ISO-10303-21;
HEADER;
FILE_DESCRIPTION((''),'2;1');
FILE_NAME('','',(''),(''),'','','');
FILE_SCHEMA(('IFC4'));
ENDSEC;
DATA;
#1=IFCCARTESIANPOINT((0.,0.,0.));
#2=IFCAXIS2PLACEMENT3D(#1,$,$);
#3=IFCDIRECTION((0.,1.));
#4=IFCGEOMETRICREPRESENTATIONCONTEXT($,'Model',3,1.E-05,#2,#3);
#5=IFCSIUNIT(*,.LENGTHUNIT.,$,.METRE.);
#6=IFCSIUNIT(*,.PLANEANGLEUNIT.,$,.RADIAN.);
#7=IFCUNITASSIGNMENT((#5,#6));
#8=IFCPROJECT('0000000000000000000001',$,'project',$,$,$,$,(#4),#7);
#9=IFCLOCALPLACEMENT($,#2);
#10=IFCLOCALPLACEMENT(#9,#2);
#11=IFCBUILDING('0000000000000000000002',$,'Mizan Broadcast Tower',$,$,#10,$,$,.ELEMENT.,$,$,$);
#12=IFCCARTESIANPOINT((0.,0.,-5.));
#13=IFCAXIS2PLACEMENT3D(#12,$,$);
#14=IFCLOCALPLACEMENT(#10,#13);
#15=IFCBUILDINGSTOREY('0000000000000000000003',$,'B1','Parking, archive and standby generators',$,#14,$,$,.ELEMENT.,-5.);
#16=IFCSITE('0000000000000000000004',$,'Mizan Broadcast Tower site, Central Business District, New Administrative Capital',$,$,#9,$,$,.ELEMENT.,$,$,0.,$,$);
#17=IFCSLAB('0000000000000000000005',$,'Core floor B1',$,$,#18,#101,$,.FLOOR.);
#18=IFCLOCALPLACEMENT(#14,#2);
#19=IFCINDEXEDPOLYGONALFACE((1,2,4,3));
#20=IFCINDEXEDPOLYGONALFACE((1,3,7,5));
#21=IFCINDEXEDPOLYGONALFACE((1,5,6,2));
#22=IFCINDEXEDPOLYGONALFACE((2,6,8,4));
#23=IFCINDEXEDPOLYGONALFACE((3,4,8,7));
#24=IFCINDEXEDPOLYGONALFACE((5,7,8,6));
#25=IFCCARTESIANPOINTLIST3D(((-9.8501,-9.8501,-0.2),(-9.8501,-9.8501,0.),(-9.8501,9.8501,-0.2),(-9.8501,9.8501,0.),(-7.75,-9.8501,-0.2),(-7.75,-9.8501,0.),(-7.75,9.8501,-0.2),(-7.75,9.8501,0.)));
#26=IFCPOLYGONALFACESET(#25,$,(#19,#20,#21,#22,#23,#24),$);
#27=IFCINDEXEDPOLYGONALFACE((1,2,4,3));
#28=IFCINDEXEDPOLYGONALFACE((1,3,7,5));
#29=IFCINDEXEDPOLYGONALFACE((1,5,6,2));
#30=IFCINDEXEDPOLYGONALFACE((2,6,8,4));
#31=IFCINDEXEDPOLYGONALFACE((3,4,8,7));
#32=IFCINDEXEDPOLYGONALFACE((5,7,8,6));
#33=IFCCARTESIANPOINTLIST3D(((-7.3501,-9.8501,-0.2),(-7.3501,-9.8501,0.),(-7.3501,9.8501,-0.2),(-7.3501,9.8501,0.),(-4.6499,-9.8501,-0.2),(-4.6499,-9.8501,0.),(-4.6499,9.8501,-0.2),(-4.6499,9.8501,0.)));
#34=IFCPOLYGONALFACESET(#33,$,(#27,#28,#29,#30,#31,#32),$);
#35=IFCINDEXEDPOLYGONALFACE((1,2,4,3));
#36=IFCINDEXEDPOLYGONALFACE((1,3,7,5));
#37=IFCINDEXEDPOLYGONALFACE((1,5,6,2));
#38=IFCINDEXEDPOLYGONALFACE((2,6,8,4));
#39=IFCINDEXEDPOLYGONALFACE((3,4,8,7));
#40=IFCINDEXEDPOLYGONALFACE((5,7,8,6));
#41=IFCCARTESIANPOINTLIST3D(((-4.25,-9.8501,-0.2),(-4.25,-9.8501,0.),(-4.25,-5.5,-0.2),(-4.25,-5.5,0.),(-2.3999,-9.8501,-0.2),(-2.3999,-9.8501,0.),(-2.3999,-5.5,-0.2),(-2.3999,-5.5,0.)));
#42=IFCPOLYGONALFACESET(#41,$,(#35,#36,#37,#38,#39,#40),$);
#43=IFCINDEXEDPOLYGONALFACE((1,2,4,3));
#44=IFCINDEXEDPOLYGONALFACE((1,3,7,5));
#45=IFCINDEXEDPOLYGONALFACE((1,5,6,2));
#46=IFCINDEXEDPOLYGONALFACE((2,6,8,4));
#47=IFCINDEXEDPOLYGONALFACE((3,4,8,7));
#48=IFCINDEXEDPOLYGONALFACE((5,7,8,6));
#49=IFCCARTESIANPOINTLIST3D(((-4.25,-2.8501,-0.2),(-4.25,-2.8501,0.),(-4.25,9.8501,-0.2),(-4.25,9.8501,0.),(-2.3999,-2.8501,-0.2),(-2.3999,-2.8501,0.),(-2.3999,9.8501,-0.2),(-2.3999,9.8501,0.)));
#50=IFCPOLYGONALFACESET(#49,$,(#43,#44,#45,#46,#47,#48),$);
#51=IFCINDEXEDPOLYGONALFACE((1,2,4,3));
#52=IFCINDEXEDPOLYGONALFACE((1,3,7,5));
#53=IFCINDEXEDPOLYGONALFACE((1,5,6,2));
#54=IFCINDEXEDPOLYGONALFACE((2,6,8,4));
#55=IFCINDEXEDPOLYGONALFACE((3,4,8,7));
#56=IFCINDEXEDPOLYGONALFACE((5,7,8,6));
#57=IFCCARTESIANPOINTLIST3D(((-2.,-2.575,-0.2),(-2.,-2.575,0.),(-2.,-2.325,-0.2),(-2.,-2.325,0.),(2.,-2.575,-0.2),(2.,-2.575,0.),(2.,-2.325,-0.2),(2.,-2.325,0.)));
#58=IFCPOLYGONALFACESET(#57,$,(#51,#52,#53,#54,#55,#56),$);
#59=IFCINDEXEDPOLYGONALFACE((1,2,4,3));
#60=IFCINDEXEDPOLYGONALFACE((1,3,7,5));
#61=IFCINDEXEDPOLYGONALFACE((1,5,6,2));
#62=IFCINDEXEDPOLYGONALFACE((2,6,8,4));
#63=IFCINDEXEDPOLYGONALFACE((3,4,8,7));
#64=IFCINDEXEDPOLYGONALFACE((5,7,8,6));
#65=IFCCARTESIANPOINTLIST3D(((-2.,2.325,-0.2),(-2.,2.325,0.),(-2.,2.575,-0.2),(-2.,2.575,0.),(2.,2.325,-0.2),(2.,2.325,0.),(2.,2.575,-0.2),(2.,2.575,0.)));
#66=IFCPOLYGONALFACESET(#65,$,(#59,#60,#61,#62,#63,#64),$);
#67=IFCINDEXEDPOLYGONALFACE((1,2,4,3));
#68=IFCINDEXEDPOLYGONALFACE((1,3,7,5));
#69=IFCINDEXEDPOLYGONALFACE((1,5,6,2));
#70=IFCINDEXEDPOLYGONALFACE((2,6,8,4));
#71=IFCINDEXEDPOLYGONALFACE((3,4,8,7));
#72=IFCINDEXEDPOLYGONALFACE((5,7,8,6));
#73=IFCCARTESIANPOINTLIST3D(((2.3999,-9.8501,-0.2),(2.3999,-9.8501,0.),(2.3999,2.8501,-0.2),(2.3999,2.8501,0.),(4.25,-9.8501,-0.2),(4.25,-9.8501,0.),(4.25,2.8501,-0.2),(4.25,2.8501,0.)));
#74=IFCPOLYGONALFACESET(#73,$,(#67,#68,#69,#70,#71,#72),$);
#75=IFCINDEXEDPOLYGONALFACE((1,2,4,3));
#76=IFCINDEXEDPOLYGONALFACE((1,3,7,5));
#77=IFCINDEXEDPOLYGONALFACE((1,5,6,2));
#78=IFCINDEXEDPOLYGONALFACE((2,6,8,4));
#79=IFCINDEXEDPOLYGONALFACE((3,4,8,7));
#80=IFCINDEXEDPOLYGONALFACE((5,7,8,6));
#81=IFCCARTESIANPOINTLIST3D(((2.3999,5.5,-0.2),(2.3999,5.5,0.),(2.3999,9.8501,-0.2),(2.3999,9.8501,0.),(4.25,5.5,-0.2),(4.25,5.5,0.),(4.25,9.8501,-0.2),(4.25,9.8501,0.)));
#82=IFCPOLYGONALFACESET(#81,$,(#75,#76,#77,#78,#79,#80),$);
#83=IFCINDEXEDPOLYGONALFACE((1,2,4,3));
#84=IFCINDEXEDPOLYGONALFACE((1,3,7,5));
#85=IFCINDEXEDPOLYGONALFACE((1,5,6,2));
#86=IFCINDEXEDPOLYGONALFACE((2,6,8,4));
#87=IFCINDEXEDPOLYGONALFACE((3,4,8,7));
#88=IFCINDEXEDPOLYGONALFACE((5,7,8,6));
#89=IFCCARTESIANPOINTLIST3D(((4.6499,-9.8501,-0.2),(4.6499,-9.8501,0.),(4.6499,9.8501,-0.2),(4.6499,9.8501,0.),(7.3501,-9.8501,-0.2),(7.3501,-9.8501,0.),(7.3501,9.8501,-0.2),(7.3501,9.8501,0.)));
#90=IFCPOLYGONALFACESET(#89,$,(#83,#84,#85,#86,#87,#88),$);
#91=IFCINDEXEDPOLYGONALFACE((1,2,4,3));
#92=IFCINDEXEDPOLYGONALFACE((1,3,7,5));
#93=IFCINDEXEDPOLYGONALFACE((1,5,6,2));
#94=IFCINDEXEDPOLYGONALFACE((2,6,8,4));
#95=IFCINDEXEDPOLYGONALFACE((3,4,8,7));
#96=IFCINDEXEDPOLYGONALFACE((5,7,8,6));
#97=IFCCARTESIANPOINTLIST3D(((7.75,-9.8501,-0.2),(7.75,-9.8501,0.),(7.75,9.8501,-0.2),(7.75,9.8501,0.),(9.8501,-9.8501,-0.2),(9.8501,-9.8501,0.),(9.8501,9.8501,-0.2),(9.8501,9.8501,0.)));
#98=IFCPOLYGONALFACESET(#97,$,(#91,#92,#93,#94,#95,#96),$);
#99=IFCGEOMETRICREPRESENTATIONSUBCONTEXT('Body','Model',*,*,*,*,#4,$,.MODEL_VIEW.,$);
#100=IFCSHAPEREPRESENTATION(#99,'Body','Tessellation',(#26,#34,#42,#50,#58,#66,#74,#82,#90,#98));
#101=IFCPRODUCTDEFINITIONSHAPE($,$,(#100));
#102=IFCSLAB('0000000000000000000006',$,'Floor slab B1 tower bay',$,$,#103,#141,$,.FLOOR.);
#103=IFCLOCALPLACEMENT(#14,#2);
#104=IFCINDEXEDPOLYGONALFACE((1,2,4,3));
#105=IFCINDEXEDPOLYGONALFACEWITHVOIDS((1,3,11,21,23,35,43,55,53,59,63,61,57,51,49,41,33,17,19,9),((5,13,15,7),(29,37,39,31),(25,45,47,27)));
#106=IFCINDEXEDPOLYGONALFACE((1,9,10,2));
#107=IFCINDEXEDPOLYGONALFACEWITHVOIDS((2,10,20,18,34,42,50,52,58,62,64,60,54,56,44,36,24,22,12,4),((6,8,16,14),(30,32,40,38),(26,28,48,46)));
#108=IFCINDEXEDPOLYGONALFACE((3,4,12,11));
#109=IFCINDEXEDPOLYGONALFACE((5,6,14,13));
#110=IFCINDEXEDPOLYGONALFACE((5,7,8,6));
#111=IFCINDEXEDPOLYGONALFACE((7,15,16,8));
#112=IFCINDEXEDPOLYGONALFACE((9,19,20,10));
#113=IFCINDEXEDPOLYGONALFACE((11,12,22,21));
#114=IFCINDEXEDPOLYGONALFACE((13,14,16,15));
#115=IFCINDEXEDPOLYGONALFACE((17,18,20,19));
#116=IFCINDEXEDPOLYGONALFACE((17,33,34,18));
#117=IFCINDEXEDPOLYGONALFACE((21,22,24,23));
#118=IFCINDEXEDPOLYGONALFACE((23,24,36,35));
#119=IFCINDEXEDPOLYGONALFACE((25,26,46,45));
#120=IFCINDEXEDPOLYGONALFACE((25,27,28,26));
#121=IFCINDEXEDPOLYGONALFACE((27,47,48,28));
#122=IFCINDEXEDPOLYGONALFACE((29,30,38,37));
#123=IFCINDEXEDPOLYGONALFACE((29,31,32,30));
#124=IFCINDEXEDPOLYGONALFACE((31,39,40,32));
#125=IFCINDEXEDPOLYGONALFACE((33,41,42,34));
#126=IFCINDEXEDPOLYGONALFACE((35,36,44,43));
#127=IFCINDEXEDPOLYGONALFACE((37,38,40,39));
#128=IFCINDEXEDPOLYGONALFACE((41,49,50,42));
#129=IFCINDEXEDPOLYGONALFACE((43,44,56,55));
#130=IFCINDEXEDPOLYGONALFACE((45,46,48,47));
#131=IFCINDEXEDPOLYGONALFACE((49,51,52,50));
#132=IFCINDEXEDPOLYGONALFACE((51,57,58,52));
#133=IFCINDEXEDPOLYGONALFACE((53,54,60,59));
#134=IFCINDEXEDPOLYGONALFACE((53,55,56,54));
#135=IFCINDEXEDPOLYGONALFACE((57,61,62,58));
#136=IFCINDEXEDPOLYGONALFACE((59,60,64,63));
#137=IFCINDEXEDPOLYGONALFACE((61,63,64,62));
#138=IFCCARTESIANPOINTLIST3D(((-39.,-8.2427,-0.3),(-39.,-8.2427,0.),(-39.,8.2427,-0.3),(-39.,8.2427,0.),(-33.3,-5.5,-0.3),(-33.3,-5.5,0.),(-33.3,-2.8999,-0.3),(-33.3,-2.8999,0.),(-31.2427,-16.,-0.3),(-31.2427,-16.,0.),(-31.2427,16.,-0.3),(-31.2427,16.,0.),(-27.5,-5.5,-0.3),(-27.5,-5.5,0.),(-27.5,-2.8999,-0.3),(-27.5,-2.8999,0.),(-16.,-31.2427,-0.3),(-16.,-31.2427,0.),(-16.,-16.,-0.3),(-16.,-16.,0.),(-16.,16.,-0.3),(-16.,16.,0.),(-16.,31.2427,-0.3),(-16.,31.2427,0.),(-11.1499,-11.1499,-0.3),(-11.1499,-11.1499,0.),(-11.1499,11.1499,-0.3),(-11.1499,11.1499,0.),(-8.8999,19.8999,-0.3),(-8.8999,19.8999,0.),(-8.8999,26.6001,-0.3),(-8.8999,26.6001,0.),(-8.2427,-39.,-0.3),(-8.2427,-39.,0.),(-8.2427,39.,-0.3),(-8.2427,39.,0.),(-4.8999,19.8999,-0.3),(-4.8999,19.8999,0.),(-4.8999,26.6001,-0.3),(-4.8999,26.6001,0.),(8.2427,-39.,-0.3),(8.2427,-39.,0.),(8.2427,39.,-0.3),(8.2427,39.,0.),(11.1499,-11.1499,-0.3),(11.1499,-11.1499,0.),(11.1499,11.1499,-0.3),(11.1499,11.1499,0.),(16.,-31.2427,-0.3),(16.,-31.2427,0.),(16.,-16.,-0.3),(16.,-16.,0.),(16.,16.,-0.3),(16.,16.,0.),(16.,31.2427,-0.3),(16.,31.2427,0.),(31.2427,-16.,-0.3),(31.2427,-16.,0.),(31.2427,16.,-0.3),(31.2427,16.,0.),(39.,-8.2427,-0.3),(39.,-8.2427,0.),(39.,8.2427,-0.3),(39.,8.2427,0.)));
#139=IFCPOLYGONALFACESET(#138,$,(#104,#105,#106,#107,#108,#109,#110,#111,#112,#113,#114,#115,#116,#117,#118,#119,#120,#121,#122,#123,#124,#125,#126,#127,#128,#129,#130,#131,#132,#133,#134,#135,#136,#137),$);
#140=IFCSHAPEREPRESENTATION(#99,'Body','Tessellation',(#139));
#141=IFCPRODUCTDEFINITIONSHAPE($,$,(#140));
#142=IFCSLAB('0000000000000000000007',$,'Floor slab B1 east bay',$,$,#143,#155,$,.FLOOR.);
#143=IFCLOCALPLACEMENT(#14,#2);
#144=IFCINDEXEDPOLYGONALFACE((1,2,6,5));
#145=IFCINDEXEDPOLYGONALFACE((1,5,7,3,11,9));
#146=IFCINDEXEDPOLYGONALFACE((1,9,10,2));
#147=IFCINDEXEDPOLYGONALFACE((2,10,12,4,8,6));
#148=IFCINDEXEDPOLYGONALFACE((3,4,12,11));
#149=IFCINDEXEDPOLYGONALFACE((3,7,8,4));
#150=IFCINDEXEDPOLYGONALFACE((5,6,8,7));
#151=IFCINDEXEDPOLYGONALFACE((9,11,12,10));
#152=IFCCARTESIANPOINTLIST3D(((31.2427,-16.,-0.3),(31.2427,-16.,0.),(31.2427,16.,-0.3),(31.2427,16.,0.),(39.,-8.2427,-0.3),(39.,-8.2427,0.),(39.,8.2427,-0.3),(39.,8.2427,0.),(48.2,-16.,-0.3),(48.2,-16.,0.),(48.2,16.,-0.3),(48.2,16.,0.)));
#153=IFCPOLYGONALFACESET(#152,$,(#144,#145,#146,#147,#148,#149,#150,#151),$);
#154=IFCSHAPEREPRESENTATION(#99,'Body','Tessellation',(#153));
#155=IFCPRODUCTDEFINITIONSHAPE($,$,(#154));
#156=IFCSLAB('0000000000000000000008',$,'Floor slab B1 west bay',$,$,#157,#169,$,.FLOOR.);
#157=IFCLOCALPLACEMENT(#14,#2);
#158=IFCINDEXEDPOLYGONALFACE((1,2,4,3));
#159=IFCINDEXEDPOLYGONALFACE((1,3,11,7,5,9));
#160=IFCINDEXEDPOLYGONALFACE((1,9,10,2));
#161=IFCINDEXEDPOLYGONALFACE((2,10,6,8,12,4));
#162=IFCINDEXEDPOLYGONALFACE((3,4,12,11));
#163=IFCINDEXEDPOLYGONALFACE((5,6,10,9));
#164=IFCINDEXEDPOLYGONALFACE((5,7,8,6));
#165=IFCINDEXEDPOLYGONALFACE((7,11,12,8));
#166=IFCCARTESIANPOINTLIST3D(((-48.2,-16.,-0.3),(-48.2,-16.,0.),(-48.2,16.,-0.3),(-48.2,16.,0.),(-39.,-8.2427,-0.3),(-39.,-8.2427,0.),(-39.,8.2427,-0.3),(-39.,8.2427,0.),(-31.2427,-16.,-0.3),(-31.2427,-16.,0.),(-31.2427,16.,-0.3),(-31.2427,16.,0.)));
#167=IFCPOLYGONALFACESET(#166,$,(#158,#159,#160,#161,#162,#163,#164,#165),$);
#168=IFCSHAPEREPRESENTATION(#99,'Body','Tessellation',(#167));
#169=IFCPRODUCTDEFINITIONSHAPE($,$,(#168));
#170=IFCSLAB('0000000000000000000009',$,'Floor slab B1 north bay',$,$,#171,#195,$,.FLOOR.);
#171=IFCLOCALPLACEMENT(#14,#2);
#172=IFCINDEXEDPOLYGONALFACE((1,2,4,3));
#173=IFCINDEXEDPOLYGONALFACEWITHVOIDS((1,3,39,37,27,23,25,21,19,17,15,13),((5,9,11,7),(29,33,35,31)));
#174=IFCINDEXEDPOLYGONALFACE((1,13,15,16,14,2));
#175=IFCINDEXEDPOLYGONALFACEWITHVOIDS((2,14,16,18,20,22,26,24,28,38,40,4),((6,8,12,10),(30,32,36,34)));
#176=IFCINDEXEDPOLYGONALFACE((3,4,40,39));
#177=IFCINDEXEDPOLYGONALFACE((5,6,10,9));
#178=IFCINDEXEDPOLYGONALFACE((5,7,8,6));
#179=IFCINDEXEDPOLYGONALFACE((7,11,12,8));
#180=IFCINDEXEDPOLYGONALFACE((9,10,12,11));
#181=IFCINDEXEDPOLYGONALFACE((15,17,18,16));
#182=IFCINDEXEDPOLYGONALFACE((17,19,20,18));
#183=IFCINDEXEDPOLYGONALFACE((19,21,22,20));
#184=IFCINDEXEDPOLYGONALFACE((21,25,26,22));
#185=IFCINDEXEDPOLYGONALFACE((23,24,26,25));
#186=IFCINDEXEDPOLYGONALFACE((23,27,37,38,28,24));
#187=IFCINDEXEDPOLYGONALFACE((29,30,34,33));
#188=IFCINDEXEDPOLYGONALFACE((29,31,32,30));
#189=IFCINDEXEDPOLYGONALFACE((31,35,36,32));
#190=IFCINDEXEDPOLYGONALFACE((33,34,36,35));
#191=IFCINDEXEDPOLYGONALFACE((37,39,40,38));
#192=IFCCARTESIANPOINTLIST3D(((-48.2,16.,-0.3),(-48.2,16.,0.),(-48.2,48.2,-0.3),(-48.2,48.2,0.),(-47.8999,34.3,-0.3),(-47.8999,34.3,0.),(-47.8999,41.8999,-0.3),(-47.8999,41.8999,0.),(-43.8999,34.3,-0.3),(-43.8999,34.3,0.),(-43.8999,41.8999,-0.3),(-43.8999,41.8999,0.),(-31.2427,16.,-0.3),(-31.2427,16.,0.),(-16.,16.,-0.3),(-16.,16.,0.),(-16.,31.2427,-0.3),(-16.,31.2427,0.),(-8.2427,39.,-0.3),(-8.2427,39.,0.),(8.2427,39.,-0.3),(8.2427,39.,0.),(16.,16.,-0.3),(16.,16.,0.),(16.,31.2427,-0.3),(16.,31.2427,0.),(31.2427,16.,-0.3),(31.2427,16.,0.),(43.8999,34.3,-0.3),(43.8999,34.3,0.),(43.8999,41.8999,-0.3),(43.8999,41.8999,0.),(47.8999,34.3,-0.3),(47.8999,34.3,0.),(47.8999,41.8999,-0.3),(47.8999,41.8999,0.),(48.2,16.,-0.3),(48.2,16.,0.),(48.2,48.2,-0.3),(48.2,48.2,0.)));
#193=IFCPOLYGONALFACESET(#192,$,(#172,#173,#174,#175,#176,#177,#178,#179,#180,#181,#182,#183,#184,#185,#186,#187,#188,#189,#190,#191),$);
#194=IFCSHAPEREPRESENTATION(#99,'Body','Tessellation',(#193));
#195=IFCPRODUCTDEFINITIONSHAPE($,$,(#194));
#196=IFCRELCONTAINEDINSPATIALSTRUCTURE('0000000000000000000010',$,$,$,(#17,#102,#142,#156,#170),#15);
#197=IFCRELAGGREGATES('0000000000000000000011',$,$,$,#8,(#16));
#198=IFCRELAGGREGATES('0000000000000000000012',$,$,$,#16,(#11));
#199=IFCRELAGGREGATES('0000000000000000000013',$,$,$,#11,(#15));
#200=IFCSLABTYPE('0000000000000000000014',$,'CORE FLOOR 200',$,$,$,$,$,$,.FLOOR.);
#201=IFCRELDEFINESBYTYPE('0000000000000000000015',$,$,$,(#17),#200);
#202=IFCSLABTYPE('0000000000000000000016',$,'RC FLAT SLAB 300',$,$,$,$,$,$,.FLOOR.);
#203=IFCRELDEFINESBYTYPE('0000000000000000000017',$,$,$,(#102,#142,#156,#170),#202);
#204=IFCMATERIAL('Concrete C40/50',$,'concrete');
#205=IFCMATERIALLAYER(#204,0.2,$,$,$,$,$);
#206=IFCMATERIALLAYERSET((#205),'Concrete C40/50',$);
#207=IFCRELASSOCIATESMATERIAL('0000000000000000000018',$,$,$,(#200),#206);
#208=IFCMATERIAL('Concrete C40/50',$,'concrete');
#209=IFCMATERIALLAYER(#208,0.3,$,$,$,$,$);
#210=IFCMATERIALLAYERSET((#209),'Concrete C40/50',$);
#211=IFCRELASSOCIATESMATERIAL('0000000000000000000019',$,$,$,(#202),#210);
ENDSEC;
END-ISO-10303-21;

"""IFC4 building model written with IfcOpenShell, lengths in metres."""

from ifc_helpers import new_model, si_unit, direction, frame, origin, place, context, subcontext, project, spatial, polyline, outline, extrude, material, layer, layer_set, type_object, element, save


model = new_model("IFC4")

# Units and contexts
model_context = context("Model", 3, precision=1e-05, world=origin(), true_north=direction((0.0, 1.0)))
body_context = subcontext(model_context, "Body", "Model", "MODEL_VIEW")
ifc_project = project(units=[si_unit("LENGTHUNIT", "METRE"), si_unit("PLANEANGLEUNIT", "RADIAN")], contexts=[model_context])

# Site, building, storey
site_placement = place(None, origin())
site = spatial("IfcSite", under=ifc_project, at=site_placement, Name="Mizan Broadcast Tower site, Central Business District, New Administrative Capital", CompositionType="ELEMENT", RefElevation=0.0)
building_placement = place(site_placement, origin())
building = spatial("IfcBuilding", under=site, at=building_placement, Name="Mizan Broadcast Tower", CompositionType="ELEMENT")
storey_placement = place(building_placement, frame((0.0, 0.0, -5.0)))
storey = spatial("IfcBuildingStorey", under=building, at=storey_placement, Name="B1", Description="Parking, archive and standby generators", CompositionType="ELEMENT", Elevation=-5.0)

# Slabs
ifc_material_1 = material(Name="Concrete C40/50", Category="concrete")
ifc_layer_1 = layer(ifc_material_1, 0.2)
ifc_layer_set_1 = layer_set([ifc_layer_1], Name="Concrete C40/50")
slab_type_1 = type_object("IfcSlabType", Name="CORE FLOOR 200", PredefinedType="FLOOR", material=ifc_layer_set_1)
slab_1_placement = place(storey_placement, frame((0.0, 0.0, -0.2)))
element("IfcSlab", 1, at=slab_1_placement, inside=storey, type_object=slab_type_1, Name="Core floor B1", PredefinedType="FLOOR", context=body_context, shape_type="SweptSolid", body=[
    extrude(outline(polyline([(-9.8501, -9.8501), (-7.75, -9.8501), (-7.75, 9.8501), (-9.8501, 9.8501), (-9.8501, -9.8501)])), origin(), (0.0, 0.0, 1.0), 0.2),
    extrude(outline(polyline([(-4.6499, 9.8501), (-7.3501, 9.8501), (-7.3501, -9.8501), (-4.6499, -9.8501), (-4.6499, 9.8501)])), origin(), (0.0, 0.0, 1.0), 0.2),
    extrude(outline(polyline([(-4.25, -9.8501), (-2.3999, -9.8501), (-2.3999, -5.5), (-4.25, -5.5), (-4.25, -9.8501)])), origin(), (0.0, 0.0, 1.0), 0.2),
    extrude(outline(polyline([(-4.25, -2.8501), (-2.3999, -2.8501), (-2.3999, 9.8501), (-4.25, 9.8501), (-4.25, -2.8501)])), origin(), (0.0, 0.0, 1.0), 0.2),
    extrude(outline(polyline([(2.0, -2.325), (-2.0, -2.325), (-2.0, -2.575), (2.0, -2.575), (2.0, -2.325)])), origin(), (0.0, 0.0, 1.0), 0.2),
    extrude(outline(polyline([(2.0, 2.575), (-2.0, 2.575), (-2.0, 2.325), (2.0, 2.325), (2.0, 2.575)])), origin(), (0.0, 0.0, 1.0), 0.2),
    extrude(outline(polyline([(4.25, -9.8501), (4.25, 2.8501), (2.3999, 2.8501), (2.3999, -9.8501), (4.25, -9.8501)])), origin(), (0.0, 0.0, 1.0), 0.2),
    extrude(outline(polyline([(4.25, 5.5), (4.25, 9.8501), (2.3999, 9.8501), (2.3999, 5.5), (4.25, 5.5)])), origin(), (0.0, 0.0, 1.0), 0.2),
    extrude(outline(polyline([(7.3501, 9.8501), (4.6499, 9.8501), (4.6499, -9.8501), (7.3501, -9.8501), (7.3501, 9.8501)])), origin(), (0.0, 0.0, 1.0), 0.2),
    extrude(outline(polyline([(9.8501, -9.8501), (9.8501, 9.8501), (7.75, 9.8501), (7.75, -9.8501), (9.8501, -9.8501)])), origin(), (0.0, 0.0, 1.0), 0.2),
])
ifc_material_2 = material(Name="Concrete C40/50", Category="concrete")
ifc_layer_2 = layer(ifc_material_2, 0.3)
ifc_layer_set_2 = layer_set([ifc_layer_2], Name="Concrete C40/50")
slab_type_2 = type_object("IfcSlabType", Name="RC FLAT SLAB 300", PredefinedType="FLOOR", material=ifc_layer_set_2)
slab_2_placement = place(storey_placement, frame((0.0, 0.0, -0.3)))
element("IfcSlab", 2, at=slab_2_placement, inside=storey, type_object=slab_type_2, Name="Floor slab B1 tower bay", PredefinedType="FLOOR", context=body_context, shape_type="SweptSolid", body=[
    extrude(outline(polyline([(16.0, -31.2427), (16.0, -16.0), (31.2427, -16.0), (39.0, -8.2427), (39.0, 8.2427), (31.2427, 16.0), (16.0, 16.0), (16.0, 31.2427), (8.2427, 39.0), (-8.2427, 39.0), (-16.0, 31.2427), (-16.0, 16.0), (-31.2427, 16.0), (-39.0, 8.2427), (-39.0, -8.2427), (-31.2427, -16.0), (-16.0, -16.0), (-16.0, -31.2427), (-8.2427, -39.0), (8.2427, -39.0), (16.0, -31.2427)]), holes=[polyline([(11.1499, -11.1499), (-11.1499, -11.1499), (-11.1499, 11.1499), (11.1499, 11.1499), (11.1499, -11.1499)]), polyline([(-8.8999, 26.6001), (-4.8999, 26.6001), (-4.8999, 19.8999), (-8.8999, 19.8999), (-8.8999, 26.6001)]), polyline([(-27.5, -5.5), (-33.3, -5.5), (-33.3, -2.8999), (-27.5, -2.8999), (-27.5, -5.5)])]), origin(), (0.0, 0.0, 1.0), 0.3),
])
slab_3_placement = place(storey_placement, frame((0.0, 0.0, -0.3)))
element("IfcSlab", 3, at=slab_3_placement, inside=storey, type_object=slab_type_2, Name="Floor slab B1 east bay", PredefinedType="FLOOR", context=body_context, shape_type="SweptSolid", body=[
    extrude(outline(polyline([(48.2, -16.0), (48.2, 16.0), (31.2427, 16.0), (39.0, 8.2427), (39.0, -8.2427), (31.2427, -16.0), (48.2, -16.0)])), origin(), (0.0, 0.0, 1.0), 0.3),
])
slab_4_placement = place(storey_placement, frame((0.0, 0.0, -0.3)))
element("IfcSlab", 4, at=slab_4_placement, inside=storey, type_object=slab_type_2, Name="Floor slab B1 west bay", PredefinedType="FLOOR", context=body_context, shape_type="SweptSolid", body=[
    extrude(outline(polyline([(-48.2, 16.0), (-48.2, -16.0), (-31.2427, -16.0), (-39.0, -8.2427), (-39.0, 8.2427), (-31.2427, 16.0), (-48.2, 16.0)])), origin(), (0.0, 0.0, 1.0), 0.3),
])
slab_5_placement = place(storey_placement, frame((0.0, 0.0, -0.3)))
element("IfcSlab", 5, at=slab_5_placement, inside=storey, type_object=slab_type_2, Name="Floor slab B1 north bay", PredefinedType="FLOOR", context=body_context, shape_type="SweptSolid", body=[
    extrude(outline(polyline([(-48.2, 48.2), (-48.2, 16.0), (-31.2427, 16.0), (-16.0, 16.0), (-16.0, 31.2427), (-8.2427, 39.0), (8.2427, 39.0), (16.0, 31.2427), (16.0, 16.0), (31.2427, 16.0), (48.2, 16.0), (48.2, 48.2), (-48.2, 48.2)]), holes=[polyline([(47.8999, 41.8999), (47.8999, 34.3), (43.8999, 34.3), (43.8999, 41.8999), (47.8999, 41.8999)]), polyline([(-43.8999, 34.3), (-47.8999, 34.3), (-47.8999, 41.8999), (-43.8999, 41.8999), (-43.8999, 34.3)])]), origin(), (0.0, 0.0, 1.0), 0.3),
])

save(model, "model.ifc")
